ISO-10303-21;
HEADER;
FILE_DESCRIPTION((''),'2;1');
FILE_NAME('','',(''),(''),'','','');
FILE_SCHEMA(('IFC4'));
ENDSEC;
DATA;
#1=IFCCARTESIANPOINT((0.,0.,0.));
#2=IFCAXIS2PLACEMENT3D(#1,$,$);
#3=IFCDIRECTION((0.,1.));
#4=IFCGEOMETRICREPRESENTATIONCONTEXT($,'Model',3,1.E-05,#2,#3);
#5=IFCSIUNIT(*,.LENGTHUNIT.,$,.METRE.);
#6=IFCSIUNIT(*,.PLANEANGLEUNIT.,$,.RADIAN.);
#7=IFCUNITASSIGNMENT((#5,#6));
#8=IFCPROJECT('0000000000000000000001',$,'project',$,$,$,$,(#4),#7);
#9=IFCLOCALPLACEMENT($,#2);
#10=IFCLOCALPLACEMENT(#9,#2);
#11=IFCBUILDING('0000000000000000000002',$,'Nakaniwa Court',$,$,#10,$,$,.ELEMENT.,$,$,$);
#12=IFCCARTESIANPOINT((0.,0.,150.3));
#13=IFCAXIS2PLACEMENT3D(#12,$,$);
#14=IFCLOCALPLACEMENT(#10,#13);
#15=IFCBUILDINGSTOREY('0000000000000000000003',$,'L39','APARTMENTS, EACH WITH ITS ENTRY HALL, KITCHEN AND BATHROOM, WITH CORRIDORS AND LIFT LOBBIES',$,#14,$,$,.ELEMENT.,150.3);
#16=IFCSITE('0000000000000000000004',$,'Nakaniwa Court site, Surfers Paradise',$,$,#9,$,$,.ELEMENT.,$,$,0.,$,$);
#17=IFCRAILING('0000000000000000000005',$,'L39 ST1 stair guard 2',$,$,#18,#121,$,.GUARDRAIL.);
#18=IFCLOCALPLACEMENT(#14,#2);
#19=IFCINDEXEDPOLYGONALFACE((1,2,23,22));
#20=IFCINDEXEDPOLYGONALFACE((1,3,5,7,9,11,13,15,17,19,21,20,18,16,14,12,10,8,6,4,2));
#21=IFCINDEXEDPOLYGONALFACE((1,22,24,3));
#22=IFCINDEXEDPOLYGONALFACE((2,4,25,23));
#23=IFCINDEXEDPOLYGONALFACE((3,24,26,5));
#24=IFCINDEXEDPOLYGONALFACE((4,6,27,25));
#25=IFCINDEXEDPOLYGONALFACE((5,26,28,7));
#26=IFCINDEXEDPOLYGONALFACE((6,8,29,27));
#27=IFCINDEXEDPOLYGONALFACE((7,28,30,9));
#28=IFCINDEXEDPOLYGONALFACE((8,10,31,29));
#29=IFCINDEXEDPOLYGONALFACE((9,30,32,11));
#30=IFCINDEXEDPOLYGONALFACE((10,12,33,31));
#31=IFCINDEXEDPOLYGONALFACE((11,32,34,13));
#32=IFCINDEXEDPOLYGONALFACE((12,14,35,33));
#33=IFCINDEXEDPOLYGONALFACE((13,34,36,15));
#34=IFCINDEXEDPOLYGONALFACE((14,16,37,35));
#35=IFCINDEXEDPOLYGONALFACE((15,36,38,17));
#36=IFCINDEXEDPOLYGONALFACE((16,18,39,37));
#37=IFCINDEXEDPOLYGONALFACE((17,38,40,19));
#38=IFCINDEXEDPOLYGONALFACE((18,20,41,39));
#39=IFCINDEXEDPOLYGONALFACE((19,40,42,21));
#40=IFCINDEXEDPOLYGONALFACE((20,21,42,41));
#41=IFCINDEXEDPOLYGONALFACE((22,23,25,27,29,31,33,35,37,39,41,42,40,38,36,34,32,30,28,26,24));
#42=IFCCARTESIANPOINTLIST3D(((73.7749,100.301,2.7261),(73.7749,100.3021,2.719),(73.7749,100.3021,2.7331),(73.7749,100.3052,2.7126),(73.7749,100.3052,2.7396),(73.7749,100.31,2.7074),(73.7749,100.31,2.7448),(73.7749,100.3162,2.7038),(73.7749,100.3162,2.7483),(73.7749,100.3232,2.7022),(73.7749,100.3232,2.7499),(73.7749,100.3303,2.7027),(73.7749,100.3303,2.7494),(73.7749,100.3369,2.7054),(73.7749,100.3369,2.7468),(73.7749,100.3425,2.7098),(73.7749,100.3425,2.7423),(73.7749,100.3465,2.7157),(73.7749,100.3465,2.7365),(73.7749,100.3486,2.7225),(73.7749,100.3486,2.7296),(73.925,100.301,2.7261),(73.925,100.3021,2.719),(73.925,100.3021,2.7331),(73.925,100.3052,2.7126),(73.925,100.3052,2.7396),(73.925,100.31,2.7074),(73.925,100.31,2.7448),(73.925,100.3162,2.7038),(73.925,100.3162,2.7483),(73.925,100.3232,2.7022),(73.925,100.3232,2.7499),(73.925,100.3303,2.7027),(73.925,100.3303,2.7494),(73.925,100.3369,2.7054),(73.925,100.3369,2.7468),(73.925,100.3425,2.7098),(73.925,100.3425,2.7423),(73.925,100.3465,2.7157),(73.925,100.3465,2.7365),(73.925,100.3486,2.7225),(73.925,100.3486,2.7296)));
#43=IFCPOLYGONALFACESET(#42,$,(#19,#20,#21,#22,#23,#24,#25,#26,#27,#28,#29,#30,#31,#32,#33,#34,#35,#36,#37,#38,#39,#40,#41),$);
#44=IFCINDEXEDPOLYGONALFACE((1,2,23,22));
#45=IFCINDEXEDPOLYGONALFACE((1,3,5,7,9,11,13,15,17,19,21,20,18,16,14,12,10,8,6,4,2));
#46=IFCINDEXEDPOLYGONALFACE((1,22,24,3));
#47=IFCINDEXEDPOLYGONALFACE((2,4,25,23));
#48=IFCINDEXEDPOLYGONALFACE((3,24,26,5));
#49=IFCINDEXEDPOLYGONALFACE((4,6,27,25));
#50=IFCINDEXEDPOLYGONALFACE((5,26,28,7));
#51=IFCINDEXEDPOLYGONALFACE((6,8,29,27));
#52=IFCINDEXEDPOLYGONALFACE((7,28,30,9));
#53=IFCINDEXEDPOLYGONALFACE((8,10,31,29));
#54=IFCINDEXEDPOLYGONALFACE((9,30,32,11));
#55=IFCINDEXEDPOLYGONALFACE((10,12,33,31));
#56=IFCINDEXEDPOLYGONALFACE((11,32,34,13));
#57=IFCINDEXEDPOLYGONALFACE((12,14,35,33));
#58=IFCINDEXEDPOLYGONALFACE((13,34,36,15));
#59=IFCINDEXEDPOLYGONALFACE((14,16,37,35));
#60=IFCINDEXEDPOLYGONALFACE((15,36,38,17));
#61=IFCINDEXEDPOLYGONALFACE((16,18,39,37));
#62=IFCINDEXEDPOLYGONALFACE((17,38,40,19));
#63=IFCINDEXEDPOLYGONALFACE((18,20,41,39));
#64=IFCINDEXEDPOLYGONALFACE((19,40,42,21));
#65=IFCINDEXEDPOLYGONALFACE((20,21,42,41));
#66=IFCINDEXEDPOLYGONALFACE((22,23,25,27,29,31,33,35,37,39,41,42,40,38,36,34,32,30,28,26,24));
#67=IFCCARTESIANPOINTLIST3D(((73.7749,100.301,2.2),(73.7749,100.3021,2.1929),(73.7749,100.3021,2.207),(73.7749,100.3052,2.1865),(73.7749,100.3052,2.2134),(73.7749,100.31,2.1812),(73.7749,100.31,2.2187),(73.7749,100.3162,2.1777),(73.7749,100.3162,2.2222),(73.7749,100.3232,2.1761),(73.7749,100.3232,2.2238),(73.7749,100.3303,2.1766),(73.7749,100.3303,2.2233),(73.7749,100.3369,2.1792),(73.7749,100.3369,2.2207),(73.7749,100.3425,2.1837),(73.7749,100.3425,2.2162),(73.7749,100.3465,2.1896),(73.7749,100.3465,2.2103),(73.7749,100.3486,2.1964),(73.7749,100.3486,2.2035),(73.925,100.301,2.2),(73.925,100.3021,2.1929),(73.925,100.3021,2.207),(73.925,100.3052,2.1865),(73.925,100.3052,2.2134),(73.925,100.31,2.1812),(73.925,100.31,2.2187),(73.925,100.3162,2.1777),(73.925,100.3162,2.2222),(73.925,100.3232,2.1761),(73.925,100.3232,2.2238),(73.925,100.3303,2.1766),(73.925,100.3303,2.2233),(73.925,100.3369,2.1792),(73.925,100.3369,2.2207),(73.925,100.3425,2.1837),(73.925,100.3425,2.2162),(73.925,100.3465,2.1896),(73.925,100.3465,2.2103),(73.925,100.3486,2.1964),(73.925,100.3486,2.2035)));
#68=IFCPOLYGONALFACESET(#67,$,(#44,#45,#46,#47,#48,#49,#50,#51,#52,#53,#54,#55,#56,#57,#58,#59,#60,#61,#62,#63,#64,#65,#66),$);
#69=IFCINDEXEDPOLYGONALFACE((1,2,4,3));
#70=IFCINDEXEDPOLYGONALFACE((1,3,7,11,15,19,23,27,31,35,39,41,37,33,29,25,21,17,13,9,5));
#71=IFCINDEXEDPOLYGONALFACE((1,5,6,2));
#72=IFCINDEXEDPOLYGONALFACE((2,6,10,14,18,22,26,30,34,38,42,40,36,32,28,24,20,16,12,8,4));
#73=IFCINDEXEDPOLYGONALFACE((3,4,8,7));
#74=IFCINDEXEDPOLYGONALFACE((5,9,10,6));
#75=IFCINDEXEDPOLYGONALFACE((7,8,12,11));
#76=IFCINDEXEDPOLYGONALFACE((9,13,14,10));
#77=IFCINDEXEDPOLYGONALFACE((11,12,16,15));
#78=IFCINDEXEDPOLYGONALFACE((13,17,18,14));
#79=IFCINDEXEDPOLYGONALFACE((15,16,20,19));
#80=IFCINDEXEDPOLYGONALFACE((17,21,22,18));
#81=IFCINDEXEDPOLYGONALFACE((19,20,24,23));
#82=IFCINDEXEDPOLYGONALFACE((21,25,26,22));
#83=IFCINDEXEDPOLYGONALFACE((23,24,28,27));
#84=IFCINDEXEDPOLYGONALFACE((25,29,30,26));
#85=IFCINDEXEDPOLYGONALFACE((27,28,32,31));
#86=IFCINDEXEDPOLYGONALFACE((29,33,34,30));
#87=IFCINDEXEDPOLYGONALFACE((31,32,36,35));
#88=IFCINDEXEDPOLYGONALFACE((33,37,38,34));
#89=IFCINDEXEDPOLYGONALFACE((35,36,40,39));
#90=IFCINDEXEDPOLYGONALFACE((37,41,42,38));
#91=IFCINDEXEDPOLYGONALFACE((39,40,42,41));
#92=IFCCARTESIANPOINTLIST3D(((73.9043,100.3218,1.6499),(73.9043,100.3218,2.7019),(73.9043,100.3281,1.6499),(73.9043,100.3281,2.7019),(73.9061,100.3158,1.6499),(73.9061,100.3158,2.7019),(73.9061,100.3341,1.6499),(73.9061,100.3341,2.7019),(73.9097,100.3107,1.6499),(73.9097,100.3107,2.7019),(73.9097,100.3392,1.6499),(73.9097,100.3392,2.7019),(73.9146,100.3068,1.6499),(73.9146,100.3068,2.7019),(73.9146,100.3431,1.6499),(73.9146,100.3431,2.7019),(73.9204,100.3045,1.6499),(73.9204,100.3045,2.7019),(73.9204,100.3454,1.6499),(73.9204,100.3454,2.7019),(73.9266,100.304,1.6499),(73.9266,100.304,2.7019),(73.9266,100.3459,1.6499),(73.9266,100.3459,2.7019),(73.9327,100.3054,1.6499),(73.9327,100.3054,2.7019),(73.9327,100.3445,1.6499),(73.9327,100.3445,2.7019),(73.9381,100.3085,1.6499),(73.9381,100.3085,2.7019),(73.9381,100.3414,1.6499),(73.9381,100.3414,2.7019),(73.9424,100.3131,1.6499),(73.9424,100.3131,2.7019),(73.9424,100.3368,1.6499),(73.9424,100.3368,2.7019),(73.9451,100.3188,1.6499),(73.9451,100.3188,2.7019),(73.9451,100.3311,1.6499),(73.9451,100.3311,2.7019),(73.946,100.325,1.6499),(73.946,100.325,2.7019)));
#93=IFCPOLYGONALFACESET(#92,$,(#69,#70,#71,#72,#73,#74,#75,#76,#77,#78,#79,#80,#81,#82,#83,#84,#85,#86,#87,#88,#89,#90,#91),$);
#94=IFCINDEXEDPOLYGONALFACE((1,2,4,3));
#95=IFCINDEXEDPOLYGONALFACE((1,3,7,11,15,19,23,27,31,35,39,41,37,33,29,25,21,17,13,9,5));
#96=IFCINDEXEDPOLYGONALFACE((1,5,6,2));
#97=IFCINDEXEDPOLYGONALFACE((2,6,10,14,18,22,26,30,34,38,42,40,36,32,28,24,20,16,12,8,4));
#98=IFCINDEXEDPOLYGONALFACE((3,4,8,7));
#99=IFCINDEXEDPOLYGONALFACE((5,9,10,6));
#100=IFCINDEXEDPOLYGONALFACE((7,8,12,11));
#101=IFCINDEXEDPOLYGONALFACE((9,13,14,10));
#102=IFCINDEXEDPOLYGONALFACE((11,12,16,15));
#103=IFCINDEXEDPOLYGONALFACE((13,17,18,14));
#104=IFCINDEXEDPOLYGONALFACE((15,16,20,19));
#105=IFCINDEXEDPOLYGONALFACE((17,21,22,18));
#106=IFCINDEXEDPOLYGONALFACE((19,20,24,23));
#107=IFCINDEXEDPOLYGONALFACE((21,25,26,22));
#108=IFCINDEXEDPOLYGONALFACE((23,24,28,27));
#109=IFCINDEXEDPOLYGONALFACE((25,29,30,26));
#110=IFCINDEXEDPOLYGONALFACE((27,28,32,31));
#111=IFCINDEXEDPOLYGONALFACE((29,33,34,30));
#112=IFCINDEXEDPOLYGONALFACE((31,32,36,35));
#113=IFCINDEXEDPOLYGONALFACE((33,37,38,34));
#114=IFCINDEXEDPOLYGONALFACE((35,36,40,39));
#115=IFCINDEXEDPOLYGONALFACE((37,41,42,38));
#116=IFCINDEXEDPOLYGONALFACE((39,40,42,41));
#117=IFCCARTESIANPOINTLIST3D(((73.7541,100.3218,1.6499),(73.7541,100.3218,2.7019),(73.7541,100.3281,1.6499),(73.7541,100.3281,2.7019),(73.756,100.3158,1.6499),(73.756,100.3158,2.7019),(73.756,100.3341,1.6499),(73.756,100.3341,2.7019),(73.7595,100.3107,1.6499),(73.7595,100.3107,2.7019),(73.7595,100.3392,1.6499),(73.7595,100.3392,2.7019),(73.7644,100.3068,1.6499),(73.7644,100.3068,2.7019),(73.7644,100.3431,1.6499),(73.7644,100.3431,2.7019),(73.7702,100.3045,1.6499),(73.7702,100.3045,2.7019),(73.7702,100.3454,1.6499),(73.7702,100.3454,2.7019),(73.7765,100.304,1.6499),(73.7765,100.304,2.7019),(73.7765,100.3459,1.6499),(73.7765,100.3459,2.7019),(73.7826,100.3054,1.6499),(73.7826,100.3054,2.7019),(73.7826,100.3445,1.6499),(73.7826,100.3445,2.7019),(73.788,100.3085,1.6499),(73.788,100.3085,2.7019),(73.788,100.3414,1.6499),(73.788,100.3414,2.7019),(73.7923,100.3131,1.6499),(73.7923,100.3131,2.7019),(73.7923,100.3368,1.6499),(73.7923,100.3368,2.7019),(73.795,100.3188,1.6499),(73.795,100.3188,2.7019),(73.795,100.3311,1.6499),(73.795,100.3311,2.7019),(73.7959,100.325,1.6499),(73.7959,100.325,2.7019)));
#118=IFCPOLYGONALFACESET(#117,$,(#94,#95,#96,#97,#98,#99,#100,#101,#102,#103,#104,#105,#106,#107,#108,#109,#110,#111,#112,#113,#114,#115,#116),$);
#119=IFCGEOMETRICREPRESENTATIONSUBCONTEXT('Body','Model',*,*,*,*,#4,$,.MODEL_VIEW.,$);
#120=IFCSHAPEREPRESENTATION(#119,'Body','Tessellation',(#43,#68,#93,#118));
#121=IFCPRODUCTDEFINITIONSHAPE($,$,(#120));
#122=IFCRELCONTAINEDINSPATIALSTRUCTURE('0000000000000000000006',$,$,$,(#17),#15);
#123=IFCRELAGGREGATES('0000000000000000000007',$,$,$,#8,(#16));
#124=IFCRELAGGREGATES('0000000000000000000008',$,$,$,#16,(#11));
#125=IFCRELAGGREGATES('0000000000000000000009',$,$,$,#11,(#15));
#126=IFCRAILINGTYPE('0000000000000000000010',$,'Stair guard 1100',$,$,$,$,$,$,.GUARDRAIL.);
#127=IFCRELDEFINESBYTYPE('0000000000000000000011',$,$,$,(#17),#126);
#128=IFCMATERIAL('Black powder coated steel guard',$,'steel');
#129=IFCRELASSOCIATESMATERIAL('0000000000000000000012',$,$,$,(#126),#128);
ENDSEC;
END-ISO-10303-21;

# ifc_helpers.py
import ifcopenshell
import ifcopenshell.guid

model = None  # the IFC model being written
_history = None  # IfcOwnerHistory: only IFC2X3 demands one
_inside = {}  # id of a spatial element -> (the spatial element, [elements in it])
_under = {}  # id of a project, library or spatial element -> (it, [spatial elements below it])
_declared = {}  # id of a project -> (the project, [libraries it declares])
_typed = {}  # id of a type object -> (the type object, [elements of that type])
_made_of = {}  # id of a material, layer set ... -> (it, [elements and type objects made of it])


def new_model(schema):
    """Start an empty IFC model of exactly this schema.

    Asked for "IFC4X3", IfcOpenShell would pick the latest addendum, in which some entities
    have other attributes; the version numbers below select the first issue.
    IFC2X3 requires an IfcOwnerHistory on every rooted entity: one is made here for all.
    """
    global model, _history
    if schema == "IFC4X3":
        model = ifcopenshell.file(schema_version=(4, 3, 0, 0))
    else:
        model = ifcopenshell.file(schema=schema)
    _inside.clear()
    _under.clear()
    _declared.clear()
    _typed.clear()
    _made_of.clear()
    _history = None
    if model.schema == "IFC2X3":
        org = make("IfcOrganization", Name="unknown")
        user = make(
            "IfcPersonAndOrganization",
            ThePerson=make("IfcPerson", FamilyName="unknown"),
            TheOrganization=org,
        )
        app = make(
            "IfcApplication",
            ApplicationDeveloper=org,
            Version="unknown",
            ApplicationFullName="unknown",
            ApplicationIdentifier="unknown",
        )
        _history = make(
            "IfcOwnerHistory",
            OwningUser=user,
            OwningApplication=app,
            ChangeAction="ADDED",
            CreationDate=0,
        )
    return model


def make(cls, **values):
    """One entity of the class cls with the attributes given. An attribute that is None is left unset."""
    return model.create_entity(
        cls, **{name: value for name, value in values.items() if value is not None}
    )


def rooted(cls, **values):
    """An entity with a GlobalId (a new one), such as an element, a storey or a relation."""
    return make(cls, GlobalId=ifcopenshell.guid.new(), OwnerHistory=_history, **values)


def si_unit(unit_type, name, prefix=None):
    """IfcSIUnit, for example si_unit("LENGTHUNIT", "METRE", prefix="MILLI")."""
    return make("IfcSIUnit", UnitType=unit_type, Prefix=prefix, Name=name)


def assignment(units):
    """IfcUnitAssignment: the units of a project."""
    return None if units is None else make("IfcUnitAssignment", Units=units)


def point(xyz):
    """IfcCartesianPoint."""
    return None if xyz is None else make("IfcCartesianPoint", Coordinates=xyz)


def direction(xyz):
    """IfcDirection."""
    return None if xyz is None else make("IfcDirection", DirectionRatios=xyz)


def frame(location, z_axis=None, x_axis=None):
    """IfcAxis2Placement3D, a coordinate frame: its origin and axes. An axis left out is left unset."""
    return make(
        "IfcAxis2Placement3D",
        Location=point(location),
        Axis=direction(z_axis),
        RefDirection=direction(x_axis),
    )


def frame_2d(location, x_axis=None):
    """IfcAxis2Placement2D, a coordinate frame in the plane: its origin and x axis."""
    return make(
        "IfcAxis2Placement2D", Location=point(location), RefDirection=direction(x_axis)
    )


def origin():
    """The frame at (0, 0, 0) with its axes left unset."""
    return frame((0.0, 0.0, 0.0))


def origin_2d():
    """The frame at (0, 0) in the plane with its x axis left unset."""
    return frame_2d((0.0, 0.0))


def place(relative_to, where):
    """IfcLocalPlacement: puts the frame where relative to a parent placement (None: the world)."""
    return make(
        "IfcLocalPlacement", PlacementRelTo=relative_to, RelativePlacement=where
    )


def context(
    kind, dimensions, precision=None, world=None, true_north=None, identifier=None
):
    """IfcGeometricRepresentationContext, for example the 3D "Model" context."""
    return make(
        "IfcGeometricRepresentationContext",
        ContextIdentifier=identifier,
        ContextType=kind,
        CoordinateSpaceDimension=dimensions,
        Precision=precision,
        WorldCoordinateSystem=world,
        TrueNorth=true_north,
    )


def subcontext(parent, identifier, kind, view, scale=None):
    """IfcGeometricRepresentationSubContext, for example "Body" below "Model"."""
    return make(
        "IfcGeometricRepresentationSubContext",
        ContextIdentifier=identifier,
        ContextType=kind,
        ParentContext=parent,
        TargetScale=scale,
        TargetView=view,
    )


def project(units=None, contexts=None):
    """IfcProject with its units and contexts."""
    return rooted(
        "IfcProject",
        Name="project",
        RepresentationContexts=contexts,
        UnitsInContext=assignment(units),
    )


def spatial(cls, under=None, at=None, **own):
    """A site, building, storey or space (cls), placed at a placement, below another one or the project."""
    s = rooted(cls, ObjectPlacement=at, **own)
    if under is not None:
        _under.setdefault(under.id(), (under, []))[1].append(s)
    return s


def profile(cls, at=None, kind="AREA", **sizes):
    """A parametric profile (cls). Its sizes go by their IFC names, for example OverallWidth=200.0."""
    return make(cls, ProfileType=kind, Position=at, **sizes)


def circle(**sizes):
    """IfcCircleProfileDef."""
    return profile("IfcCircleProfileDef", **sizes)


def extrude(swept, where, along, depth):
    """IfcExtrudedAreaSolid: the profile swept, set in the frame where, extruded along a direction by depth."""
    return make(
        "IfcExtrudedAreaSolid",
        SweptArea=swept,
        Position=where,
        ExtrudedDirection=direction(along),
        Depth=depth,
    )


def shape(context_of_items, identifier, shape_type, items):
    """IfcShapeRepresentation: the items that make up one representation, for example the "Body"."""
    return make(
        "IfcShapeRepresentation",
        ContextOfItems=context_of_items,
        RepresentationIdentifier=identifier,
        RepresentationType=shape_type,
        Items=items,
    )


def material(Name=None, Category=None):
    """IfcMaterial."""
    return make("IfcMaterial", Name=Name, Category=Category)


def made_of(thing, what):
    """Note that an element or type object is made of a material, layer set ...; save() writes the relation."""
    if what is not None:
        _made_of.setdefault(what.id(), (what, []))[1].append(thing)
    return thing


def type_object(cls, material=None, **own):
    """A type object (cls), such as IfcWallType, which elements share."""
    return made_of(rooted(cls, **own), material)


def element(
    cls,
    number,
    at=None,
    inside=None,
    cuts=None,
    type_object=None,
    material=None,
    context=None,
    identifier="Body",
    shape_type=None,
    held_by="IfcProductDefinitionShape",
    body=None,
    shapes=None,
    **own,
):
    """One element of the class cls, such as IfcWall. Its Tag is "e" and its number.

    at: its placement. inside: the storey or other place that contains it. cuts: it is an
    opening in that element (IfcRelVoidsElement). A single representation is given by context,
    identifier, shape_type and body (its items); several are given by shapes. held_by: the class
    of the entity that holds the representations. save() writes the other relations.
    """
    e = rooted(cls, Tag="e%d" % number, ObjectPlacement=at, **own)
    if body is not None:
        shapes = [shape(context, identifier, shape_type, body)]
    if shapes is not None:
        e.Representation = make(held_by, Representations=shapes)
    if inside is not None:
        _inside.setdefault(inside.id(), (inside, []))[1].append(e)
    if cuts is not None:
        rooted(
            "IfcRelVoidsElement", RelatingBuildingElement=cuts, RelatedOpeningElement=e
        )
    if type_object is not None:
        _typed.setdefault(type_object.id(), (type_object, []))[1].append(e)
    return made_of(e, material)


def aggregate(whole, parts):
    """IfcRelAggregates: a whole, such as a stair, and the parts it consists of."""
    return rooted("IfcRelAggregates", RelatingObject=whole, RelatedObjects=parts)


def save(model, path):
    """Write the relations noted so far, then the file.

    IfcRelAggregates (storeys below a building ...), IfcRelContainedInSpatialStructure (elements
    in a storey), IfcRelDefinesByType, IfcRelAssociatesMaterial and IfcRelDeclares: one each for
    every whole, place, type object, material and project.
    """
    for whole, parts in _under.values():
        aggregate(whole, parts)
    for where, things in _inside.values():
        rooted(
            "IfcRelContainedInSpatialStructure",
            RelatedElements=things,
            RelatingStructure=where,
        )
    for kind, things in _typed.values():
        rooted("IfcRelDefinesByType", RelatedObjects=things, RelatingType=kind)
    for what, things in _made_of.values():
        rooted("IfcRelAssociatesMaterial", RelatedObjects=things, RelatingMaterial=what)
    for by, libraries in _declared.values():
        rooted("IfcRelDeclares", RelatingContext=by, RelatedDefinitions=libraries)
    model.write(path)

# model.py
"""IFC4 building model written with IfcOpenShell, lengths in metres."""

from ifc_helpers import new_model, si_unit, direction, frame, origin, origin_2d, place, context, subcontext, project, spatial, circle, extrude, material, type_object, element, save


model = new_model("IFC4")

# Units and contexts
model_context = context("Model", 3, precision=1e-05, world=origin(), true_north=direction((0.0, 1.0)))
body_context = subcontext(model_context, "Body", "Model", "MODEL_VIEW")
ifc_project = project(units=[si_unit("LENGTHUNIT", "METRE"), si_unit("PLANEANGLEUNIT", "RADIAN")], contexts=[model_context])

# Site, building, storey
site_placement = place(None, origin())
site = spatial("IfcSite", under=ifc_project, at=site_placement, Name="Nakaniwa Court site, Surfers Paradise", CompositionType="ELEMENT", RefElevation=0.0)
building_placement = place(site_placement, origin())
building = spatial("IfcBuilding", under=site, at=building_placement, Name="Nakaniwa Court", CompositionType="ELEMENT")
storey_placement = place(building_placement, frame((0.0, 0.0, 150.3)))
storey = spatial("IfcBuildingStorey", under=building, at=storey_placement, Name="L39", Description="APARTMENTS, EACH WITH ITS ENTRY HALL, KITCHEN AND BATHROOM, WITH CORRIDORS AND LIFT LOBBIES", CompositionType="ELEMENT", Elevation=150.3)

# Railing
ifc_material_1 = material(Name="Black powder coated steel guard", Category="steel")
railing_type_1 = type_object("IfcRailingType", Name="Stair guard 1100", PredefinedType="GUARDRAIL", material=ifc_material_1)
railing_1_placement = place(storey_placement, frame((73.925, 100.325, 1.6499)))
element("IfcRailing", 1, at=railing_1_placement, inside=storey, type_object=railing_type_1, Name="L39 ST1 stair guard 2", PredefinedType="GUARDRAIL", context=body_context, shape_type="SweptSolid", body=[
    extrude(circle(Radius=0.0239, at=origin_2d()), frame((0.0, 0.0, 1.0762), z_axis=(-1.0, 0.0, 0.0), x_axis=(0.0, -1.0, 0.0)), (0.0, 0.0, 1.0), 0.1501),
    extrude(circle(Radius=0.0239, at=origin_2d()), frame((0.0, 0.0, 0.55), z_axis=(-1.0, 0.0, 0.0), x_axis=(0.0, -1.0, 0.0)), (0.0, 0.0, 1.0), 0.1501),
    extrude(circle(Radius=0.021, at=origin_2d()), origin(), (0.0, 0.0, 1.0), 1.052),
    extrude(circle(Radius=0.021, at=origin_2d()), frame((-0.1501, 0.0, 0.0)), (0.0, 0.0, 1.0), 1.052),
])

save(model, "model.ifc")
